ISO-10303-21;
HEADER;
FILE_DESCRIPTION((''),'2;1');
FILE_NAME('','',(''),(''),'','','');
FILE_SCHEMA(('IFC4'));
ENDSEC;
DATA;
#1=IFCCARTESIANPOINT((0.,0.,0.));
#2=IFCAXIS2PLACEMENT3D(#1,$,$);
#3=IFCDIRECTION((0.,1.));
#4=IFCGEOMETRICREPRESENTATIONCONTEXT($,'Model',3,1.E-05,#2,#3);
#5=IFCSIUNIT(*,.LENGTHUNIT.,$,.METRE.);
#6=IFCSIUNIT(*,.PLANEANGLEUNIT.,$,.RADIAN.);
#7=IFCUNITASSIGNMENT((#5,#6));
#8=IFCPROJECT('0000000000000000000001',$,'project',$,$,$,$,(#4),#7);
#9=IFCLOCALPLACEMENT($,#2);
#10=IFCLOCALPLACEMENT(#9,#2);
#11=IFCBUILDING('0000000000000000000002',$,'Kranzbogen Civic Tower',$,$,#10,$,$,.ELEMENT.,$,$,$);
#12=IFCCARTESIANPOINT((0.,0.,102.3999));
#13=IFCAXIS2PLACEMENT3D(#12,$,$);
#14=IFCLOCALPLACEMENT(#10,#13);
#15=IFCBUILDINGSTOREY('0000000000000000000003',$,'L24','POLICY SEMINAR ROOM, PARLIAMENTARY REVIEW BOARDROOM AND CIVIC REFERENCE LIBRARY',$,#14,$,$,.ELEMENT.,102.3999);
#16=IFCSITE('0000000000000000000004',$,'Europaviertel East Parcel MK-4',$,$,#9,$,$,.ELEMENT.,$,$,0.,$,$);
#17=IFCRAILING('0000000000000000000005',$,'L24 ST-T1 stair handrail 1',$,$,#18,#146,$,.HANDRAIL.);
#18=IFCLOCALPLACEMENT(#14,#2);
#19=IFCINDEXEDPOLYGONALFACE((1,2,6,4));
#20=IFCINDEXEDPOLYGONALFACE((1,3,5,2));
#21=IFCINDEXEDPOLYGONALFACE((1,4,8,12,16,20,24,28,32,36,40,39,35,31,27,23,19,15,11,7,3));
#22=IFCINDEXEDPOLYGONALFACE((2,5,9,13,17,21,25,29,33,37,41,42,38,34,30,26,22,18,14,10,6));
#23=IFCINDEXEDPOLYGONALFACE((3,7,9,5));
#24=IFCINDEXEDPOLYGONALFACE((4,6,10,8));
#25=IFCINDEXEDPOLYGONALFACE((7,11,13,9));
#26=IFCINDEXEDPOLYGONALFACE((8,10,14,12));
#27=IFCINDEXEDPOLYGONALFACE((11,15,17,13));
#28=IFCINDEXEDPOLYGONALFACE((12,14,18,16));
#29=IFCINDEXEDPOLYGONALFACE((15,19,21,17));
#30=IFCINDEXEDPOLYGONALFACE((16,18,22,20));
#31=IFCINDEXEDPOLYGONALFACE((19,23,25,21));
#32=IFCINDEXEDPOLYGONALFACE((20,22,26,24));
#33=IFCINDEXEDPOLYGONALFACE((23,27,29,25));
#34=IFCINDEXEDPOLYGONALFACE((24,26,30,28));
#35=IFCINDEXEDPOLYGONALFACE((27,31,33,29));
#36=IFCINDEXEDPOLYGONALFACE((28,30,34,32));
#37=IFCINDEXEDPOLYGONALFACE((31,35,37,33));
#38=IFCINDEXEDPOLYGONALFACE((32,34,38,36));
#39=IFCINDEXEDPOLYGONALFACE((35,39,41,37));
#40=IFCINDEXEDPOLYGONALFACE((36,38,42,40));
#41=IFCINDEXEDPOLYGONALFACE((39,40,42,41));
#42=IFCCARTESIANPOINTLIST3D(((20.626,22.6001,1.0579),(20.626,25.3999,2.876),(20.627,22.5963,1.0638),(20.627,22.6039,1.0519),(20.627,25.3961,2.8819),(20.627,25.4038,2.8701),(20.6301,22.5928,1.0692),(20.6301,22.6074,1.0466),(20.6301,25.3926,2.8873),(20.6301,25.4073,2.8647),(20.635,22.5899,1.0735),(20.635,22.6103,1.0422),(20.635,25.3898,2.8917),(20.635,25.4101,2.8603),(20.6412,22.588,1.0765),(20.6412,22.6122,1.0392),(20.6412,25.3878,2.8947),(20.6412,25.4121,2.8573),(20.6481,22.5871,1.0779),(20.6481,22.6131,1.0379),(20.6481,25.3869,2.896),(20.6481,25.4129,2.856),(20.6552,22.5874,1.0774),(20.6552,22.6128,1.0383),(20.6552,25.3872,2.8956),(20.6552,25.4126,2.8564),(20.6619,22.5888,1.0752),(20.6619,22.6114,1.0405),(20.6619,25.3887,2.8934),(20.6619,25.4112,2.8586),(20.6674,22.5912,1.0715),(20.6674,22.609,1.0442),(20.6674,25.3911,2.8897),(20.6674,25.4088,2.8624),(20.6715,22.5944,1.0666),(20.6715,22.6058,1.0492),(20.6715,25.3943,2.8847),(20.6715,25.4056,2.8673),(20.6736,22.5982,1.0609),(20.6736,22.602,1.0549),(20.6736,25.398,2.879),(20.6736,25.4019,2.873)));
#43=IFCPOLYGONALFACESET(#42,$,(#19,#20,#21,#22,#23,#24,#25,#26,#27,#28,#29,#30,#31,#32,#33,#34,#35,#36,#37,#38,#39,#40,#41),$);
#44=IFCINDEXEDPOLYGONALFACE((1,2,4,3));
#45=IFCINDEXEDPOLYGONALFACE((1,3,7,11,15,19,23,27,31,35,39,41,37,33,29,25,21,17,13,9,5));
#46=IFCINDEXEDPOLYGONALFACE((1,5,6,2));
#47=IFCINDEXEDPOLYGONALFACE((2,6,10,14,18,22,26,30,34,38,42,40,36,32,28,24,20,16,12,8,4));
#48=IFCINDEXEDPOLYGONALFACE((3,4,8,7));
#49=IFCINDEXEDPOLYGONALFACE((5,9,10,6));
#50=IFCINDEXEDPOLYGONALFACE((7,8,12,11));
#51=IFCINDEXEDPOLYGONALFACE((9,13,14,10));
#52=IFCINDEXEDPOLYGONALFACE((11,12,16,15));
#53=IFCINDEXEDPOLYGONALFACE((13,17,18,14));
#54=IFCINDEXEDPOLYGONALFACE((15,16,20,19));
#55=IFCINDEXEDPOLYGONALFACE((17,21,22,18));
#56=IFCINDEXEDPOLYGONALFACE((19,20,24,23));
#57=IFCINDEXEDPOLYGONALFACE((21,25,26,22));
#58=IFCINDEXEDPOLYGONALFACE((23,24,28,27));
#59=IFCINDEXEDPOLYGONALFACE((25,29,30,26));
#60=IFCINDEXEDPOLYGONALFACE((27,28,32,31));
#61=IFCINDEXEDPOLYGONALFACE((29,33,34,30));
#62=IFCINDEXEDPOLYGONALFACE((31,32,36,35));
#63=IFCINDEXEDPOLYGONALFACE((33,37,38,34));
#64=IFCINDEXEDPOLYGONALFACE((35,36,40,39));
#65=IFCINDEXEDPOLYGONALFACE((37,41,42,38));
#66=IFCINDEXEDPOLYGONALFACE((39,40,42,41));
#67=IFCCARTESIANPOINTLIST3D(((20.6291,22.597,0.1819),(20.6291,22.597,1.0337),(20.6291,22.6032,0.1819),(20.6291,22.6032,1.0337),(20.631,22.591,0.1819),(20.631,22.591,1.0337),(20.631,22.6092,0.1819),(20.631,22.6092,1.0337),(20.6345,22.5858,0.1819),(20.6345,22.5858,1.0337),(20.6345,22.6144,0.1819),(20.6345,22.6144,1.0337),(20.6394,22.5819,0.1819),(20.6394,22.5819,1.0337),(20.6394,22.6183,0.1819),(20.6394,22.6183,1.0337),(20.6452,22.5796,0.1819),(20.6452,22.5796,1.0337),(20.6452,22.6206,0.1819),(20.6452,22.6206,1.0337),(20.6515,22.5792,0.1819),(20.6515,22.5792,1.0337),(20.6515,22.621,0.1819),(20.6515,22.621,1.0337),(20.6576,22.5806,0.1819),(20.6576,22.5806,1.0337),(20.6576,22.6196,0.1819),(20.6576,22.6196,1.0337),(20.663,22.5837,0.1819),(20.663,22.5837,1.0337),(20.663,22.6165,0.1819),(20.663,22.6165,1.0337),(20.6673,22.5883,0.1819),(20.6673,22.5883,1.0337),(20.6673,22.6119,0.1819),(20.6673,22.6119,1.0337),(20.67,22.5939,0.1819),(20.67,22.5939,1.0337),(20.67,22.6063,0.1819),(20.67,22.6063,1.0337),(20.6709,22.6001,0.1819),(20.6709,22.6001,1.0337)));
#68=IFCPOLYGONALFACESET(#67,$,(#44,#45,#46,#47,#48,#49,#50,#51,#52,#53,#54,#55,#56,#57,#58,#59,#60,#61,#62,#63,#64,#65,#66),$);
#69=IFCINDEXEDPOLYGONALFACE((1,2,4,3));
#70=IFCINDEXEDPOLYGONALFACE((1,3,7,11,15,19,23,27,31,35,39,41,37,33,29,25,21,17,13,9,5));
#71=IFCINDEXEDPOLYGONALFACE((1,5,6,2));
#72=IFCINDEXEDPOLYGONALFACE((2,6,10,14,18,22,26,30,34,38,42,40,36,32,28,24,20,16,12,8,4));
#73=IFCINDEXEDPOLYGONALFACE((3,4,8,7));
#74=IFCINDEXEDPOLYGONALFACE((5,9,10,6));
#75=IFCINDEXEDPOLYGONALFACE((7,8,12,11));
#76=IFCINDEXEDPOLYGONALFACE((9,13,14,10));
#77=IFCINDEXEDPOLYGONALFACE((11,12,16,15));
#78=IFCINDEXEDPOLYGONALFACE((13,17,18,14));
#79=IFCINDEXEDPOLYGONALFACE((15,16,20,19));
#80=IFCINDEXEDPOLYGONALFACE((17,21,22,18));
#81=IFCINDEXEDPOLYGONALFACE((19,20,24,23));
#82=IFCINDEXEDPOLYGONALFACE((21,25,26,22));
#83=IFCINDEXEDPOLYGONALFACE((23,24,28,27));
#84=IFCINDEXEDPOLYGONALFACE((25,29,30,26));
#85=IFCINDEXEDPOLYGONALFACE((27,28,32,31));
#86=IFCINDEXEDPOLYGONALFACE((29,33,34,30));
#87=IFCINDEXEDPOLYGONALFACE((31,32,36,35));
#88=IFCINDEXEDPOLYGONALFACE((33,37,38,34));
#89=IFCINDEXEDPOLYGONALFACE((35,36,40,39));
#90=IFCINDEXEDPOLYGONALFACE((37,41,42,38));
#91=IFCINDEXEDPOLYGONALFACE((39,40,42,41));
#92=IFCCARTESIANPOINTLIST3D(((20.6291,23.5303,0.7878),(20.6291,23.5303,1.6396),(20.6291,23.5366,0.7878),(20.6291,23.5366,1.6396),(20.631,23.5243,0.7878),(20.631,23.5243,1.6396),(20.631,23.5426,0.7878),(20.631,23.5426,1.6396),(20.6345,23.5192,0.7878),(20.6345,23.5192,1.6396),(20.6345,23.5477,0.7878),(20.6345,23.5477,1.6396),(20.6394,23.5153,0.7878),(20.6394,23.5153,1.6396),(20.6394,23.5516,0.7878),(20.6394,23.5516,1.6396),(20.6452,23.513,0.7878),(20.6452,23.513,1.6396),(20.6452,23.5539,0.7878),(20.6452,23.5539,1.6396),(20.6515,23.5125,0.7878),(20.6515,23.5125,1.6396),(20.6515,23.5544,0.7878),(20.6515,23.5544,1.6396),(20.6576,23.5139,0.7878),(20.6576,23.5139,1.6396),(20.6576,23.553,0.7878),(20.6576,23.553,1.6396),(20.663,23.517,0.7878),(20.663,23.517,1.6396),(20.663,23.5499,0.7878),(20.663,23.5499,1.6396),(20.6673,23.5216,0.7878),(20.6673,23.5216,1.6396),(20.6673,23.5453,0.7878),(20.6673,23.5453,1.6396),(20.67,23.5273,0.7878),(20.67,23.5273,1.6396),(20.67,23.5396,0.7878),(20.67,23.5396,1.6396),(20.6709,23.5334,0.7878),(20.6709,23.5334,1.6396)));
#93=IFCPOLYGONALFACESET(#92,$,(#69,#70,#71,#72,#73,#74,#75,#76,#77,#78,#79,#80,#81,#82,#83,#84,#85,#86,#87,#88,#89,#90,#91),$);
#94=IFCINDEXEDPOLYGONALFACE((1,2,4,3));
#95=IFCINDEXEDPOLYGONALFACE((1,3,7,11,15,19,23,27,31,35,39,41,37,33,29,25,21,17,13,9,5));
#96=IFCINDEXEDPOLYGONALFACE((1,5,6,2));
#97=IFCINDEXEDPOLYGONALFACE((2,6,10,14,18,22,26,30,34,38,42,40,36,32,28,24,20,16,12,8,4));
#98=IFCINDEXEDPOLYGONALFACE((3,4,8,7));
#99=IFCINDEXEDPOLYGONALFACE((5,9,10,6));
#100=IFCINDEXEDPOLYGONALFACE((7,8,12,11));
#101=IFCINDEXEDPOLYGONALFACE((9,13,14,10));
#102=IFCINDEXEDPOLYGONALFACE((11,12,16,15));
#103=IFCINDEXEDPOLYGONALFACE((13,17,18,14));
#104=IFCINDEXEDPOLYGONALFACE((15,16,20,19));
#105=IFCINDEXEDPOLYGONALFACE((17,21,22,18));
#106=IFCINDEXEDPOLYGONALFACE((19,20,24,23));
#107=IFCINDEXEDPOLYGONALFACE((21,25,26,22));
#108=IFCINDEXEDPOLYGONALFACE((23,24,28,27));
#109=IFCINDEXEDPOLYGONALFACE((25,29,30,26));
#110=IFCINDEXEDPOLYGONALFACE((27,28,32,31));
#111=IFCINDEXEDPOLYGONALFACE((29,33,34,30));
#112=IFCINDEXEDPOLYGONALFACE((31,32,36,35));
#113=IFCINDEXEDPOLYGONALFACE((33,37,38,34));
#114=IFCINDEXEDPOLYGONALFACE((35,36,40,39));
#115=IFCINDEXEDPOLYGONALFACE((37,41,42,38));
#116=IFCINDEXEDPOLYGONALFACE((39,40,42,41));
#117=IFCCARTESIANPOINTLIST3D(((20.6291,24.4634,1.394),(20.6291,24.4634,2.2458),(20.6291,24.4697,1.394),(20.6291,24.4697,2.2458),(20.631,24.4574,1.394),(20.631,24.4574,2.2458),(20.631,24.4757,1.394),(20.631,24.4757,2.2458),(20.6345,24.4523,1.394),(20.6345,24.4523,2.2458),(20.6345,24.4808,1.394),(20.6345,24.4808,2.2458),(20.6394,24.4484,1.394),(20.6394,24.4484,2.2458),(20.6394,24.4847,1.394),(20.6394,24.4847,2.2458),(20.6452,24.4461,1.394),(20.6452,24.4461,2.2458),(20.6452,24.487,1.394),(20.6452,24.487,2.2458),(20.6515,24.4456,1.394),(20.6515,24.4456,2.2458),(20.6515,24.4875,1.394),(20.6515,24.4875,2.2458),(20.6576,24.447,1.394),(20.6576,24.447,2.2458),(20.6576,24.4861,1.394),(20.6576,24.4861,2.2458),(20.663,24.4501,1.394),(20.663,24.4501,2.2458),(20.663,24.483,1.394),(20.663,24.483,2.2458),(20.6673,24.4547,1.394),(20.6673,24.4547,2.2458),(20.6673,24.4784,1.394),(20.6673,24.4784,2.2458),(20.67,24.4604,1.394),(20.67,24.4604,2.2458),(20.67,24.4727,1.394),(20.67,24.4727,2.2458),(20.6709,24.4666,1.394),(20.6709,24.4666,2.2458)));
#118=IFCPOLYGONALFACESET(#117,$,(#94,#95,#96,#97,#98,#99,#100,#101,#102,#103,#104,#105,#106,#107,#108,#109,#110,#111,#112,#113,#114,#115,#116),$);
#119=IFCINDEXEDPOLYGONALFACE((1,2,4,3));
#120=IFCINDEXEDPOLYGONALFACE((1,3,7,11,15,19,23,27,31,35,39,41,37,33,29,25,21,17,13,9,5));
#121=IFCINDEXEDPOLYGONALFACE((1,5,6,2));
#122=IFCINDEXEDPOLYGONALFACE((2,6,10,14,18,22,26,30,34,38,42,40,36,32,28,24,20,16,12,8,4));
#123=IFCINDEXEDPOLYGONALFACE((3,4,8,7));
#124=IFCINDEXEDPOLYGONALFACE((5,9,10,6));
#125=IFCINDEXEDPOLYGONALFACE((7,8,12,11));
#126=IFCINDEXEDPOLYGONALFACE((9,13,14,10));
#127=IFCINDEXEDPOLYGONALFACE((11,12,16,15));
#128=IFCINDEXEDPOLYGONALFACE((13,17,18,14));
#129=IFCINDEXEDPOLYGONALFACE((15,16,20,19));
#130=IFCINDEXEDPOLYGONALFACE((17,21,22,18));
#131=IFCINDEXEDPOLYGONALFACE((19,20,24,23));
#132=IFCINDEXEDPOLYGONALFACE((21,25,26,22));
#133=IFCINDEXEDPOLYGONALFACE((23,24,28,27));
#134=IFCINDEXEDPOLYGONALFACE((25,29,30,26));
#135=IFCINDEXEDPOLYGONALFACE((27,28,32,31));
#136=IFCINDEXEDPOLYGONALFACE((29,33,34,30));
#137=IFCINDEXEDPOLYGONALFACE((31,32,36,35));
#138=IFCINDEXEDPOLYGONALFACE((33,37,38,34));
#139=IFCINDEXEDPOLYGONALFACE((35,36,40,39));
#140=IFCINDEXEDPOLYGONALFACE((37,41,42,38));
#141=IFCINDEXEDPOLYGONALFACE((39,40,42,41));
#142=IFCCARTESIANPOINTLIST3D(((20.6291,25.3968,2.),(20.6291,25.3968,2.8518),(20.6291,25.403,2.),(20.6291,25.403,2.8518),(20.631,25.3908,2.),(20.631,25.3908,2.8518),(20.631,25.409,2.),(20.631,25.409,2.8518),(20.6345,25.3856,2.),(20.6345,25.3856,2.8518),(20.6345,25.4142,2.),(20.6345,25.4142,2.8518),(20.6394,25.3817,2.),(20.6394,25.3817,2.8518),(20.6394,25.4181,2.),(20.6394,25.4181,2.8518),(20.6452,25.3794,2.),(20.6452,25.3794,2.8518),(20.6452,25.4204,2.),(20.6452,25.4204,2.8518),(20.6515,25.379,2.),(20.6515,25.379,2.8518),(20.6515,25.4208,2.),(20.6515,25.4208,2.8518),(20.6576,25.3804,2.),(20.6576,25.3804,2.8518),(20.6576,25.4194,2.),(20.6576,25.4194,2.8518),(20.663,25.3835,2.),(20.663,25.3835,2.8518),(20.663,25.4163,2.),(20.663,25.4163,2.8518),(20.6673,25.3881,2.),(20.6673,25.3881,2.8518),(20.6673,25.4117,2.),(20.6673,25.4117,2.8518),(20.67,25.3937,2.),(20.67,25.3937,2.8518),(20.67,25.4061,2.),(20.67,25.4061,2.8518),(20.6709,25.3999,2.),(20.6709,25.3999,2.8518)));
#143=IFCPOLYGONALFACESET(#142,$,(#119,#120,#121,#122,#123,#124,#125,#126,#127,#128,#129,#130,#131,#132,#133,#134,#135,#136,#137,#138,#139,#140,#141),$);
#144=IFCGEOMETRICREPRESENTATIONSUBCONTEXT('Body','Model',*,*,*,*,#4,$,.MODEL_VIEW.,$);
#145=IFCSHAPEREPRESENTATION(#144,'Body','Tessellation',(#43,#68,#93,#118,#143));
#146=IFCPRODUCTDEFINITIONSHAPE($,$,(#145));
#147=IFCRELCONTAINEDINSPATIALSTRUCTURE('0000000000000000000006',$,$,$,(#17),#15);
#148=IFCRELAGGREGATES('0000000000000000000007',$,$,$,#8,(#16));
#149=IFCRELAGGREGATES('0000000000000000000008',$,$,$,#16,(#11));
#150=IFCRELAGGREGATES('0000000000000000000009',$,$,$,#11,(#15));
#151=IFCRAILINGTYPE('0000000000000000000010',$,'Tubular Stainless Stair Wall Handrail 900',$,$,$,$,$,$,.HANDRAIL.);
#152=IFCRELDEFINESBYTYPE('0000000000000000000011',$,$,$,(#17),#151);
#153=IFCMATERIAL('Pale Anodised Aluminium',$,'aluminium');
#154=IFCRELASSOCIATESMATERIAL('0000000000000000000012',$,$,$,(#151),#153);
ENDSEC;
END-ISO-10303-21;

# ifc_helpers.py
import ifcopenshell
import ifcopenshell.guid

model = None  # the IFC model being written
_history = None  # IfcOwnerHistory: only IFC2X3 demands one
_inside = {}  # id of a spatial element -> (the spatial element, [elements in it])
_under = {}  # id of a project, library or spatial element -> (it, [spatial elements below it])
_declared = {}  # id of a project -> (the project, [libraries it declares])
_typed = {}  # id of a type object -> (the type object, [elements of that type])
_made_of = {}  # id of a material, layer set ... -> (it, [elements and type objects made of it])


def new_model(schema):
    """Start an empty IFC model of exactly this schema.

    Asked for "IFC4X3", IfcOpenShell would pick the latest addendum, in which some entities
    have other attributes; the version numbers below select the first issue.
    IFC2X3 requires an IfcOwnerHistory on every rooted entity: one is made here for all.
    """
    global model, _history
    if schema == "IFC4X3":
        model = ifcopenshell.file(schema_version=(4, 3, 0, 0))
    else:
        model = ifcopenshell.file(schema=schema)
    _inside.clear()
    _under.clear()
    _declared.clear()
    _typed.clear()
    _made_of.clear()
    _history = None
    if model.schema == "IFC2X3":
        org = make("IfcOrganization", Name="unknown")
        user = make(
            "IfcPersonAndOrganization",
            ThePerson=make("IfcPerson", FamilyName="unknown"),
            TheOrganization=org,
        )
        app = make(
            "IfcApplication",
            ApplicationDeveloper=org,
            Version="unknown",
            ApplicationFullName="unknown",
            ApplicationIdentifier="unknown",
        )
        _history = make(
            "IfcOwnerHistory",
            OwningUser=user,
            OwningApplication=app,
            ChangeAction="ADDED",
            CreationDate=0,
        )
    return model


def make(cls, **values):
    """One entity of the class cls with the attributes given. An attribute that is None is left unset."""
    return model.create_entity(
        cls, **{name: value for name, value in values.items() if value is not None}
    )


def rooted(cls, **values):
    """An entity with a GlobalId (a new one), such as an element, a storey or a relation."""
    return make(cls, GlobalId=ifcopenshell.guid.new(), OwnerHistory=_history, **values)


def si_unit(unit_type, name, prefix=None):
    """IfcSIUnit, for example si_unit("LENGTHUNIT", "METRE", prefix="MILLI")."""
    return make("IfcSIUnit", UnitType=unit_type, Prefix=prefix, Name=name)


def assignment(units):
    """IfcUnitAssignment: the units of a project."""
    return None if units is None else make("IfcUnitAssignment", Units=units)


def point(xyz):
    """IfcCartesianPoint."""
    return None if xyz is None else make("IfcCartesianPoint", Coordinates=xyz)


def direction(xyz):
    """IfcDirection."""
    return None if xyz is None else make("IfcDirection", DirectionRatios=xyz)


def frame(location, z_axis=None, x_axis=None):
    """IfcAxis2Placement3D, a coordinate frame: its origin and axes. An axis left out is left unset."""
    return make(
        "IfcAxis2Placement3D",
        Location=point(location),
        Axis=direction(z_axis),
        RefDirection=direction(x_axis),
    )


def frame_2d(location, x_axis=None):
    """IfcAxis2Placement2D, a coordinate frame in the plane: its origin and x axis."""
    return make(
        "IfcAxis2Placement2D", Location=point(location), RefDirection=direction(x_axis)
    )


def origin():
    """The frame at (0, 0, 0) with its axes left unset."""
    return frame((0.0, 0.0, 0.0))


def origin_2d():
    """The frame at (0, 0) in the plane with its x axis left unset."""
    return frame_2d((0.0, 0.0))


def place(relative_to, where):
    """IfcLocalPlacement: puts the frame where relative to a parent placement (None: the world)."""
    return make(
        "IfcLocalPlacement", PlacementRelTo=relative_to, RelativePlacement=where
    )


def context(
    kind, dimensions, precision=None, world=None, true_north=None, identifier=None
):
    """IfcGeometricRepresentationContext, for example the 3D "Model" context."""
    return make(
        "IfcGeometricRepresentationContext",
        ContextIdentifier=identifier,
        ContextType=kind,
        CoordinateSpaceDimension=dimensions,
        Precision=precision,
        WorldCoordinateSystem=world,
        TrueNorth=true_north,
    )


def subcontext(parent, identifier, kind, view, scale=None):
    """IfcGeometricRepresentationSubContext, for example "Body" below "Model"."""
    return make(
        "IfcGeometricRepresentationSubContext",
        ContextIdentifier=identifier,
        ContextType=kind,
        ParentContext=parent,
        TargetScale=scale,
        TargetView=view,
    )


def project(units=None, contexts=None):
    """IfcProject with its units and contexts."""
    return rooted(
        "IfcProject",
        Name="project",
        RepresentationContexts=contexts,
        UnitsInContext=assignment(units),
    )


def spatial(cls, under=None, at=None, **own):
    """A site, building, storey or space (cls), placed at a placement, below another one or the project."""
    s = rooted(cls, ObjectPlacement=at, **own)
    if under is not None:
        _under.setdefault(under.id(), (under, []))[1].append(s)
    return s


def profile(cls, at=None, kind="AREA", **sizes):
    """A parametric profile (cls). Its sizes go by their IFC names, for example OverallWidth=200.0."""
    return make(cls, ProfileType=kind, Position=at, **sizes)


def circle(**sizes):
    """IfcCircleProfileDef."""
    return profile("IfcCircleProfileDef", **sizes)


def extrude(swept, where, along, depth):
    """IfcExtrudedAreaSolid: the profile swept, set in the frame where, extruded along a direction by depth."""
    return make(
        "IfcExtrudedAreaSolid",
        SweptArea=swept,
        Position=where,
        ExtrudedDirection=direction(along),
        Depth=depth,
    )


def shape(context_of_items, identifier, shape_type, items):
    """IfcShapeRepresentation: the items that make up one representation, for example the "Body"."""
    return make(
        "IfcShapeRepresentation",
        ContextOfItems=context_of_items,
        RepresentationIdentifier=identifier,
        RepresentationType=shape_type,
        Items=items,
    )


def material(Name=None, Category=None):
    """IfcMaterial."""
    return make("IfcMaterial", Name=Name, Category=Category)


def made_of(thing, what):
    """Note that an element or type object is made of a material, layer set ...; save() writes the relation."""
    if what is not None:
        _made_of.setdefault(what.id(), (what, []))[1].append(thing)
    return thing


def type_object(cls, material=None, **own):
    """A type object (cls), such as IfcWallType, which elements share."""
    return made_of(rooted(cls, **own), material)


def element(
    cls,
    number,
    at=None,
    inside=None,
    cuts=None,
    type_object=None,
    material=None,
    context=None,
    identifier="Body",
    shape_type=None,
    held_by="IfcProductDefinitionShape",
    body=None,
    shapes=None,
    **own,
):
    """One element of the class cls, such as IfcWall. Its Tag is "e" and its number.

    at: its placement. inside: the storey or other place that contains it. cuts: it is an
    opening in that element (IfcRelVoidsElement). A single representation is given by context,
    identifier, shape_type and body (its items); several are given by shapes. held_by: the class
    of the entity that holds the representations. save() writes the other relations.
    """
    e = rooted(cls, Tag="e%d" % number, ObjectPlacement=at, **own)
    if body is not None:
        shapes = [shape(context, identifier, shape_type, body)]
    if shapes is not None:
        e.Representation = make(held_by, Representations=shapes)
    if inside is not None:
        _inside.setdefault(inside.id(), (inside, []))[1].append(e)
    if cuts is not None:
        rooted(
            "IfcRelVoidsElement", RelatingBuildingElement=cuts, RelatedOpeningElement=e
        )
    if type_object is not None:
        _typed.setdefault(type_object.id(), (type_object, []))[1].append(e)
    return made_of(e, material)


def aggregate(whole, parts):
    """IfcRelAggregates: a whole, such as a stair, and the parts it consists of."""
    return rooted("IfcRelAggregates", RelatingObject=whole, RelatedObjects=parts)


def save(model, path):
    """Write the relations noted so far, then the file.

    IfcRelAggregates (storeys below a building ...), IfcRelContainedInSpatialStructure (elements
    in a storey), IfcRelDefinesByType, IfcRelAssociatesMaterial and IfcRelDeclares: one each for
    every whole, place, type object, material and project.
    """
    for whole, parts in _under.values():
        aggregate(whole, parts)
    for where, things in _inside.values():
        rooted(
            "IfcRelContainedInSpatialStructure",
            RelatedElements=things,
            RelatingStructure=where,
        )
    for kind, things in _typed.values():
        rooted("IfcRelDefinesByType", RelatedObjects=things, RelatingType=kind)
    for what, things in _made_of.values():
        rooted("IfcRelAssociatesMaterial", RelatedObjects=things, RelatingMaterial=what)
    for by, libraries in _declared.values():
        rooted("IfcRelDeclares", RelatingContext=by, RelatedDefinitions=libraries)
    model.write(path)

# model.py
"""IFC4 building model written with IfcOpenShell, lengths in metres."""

from ifc_helpers import new_model, si_unit, direction, frame, origin, origin_2d, place, context, subcontext, project, spatial, circle, extrude, material, type_object, element, save


model = new_model("IFC4")

# Units and contexts
model_context = context("Model", 3, precision=1e-05, world=origin(), true_north=direction((0.0, 1.0)))
body_context = subcontext(model_context, "Body", "Model", "MODEL_VIEW")
ifc_project = project(units=[si_unit("LENGTHUNIT", "METRE"), si_unit("PLANEANGLEUNIT", "RADIAN")], contexts=[model_context])

# Site, building, storey
site_placement = place(None, origin())
site = spatial("IfcSite", under=ifc_project, at=site_placement, Name="Europaviertel East Parcel MK-4", CompositionType="ELEMENT", RefElevation=0.0)
building_placement = place(site_placement, origin())
building = spatial("IfcBuilding", under=site, at=building_placement, Name="Kranzbogen Civic Tower", CompositionType="ELEMENT")
storey_placement = place(building_placement, frame((0.0, 0.0, 102.3999)))
storey = spatial("IfcBuildingStorey", under=building, at=storey_placement, Name="L24", Description="POLICY SEMINAR ROOM, PARLIAMENTARY REVIEW BOARDROOM AND CIVIC REFERENCE LIBRARY", CompositionType="ELEMENT", Elevation=102.3999)

# Shared definitions
ifc_material_1 = material(Name="Pale Anodised Aluminium", Category="aluminium")

# Railing
railing_type_1 = type_object("IfcRailingType", Name="Tubular Stainless Stair Wall Handrail 900", PredefinedType="HANDRAIL", material=ifc_material_1)
railing_1_placement = place(storey_placement, frame((20.6499, 22.6001, 0.1819)))
element("IfcRailing", 1, at=railing_1_placement, inside=storey, type_object=railing_type_1, Name="L24 ST-T1 stair handrail 1", PredefinedType="HANDRAIL", context=body_context, shape_type="SweptSolid", body=[
    extrude(circle(Radius=0.0239, at=origin_2d()), frame((0.0, 0.0, 0.876), z_axis=(0.0, 0.838684, 0.544618), x_axis=(-1.0, 0.0, 0.0)), (0.0, 0.0, 1.0), 3.3384),
    extrude(circle(Radius=0.021, at=origin_2d()), origin(), (0.0, 0.0, 1.0), 0.8518),
    extrude(circle(Radius=0.021, at=origin_2d()), frame((0.0, 0.9333, 0.606)), (0.0, 0.0, 1.0), 0.8518),
    extrude(circle(Radius=0.021, at=origin_2d()), frame((0.0, 1.8665, 1.2122)), (0.0, 0.0, 1.0), 0.8518),
    extrude(circle(Radius=0.021, at=origin_2d()), frame((0.0, 2.7998, 1.8181)), (0.0, 0.0, 1.0), 0.8518),
])

save(model, "model.ifc")
